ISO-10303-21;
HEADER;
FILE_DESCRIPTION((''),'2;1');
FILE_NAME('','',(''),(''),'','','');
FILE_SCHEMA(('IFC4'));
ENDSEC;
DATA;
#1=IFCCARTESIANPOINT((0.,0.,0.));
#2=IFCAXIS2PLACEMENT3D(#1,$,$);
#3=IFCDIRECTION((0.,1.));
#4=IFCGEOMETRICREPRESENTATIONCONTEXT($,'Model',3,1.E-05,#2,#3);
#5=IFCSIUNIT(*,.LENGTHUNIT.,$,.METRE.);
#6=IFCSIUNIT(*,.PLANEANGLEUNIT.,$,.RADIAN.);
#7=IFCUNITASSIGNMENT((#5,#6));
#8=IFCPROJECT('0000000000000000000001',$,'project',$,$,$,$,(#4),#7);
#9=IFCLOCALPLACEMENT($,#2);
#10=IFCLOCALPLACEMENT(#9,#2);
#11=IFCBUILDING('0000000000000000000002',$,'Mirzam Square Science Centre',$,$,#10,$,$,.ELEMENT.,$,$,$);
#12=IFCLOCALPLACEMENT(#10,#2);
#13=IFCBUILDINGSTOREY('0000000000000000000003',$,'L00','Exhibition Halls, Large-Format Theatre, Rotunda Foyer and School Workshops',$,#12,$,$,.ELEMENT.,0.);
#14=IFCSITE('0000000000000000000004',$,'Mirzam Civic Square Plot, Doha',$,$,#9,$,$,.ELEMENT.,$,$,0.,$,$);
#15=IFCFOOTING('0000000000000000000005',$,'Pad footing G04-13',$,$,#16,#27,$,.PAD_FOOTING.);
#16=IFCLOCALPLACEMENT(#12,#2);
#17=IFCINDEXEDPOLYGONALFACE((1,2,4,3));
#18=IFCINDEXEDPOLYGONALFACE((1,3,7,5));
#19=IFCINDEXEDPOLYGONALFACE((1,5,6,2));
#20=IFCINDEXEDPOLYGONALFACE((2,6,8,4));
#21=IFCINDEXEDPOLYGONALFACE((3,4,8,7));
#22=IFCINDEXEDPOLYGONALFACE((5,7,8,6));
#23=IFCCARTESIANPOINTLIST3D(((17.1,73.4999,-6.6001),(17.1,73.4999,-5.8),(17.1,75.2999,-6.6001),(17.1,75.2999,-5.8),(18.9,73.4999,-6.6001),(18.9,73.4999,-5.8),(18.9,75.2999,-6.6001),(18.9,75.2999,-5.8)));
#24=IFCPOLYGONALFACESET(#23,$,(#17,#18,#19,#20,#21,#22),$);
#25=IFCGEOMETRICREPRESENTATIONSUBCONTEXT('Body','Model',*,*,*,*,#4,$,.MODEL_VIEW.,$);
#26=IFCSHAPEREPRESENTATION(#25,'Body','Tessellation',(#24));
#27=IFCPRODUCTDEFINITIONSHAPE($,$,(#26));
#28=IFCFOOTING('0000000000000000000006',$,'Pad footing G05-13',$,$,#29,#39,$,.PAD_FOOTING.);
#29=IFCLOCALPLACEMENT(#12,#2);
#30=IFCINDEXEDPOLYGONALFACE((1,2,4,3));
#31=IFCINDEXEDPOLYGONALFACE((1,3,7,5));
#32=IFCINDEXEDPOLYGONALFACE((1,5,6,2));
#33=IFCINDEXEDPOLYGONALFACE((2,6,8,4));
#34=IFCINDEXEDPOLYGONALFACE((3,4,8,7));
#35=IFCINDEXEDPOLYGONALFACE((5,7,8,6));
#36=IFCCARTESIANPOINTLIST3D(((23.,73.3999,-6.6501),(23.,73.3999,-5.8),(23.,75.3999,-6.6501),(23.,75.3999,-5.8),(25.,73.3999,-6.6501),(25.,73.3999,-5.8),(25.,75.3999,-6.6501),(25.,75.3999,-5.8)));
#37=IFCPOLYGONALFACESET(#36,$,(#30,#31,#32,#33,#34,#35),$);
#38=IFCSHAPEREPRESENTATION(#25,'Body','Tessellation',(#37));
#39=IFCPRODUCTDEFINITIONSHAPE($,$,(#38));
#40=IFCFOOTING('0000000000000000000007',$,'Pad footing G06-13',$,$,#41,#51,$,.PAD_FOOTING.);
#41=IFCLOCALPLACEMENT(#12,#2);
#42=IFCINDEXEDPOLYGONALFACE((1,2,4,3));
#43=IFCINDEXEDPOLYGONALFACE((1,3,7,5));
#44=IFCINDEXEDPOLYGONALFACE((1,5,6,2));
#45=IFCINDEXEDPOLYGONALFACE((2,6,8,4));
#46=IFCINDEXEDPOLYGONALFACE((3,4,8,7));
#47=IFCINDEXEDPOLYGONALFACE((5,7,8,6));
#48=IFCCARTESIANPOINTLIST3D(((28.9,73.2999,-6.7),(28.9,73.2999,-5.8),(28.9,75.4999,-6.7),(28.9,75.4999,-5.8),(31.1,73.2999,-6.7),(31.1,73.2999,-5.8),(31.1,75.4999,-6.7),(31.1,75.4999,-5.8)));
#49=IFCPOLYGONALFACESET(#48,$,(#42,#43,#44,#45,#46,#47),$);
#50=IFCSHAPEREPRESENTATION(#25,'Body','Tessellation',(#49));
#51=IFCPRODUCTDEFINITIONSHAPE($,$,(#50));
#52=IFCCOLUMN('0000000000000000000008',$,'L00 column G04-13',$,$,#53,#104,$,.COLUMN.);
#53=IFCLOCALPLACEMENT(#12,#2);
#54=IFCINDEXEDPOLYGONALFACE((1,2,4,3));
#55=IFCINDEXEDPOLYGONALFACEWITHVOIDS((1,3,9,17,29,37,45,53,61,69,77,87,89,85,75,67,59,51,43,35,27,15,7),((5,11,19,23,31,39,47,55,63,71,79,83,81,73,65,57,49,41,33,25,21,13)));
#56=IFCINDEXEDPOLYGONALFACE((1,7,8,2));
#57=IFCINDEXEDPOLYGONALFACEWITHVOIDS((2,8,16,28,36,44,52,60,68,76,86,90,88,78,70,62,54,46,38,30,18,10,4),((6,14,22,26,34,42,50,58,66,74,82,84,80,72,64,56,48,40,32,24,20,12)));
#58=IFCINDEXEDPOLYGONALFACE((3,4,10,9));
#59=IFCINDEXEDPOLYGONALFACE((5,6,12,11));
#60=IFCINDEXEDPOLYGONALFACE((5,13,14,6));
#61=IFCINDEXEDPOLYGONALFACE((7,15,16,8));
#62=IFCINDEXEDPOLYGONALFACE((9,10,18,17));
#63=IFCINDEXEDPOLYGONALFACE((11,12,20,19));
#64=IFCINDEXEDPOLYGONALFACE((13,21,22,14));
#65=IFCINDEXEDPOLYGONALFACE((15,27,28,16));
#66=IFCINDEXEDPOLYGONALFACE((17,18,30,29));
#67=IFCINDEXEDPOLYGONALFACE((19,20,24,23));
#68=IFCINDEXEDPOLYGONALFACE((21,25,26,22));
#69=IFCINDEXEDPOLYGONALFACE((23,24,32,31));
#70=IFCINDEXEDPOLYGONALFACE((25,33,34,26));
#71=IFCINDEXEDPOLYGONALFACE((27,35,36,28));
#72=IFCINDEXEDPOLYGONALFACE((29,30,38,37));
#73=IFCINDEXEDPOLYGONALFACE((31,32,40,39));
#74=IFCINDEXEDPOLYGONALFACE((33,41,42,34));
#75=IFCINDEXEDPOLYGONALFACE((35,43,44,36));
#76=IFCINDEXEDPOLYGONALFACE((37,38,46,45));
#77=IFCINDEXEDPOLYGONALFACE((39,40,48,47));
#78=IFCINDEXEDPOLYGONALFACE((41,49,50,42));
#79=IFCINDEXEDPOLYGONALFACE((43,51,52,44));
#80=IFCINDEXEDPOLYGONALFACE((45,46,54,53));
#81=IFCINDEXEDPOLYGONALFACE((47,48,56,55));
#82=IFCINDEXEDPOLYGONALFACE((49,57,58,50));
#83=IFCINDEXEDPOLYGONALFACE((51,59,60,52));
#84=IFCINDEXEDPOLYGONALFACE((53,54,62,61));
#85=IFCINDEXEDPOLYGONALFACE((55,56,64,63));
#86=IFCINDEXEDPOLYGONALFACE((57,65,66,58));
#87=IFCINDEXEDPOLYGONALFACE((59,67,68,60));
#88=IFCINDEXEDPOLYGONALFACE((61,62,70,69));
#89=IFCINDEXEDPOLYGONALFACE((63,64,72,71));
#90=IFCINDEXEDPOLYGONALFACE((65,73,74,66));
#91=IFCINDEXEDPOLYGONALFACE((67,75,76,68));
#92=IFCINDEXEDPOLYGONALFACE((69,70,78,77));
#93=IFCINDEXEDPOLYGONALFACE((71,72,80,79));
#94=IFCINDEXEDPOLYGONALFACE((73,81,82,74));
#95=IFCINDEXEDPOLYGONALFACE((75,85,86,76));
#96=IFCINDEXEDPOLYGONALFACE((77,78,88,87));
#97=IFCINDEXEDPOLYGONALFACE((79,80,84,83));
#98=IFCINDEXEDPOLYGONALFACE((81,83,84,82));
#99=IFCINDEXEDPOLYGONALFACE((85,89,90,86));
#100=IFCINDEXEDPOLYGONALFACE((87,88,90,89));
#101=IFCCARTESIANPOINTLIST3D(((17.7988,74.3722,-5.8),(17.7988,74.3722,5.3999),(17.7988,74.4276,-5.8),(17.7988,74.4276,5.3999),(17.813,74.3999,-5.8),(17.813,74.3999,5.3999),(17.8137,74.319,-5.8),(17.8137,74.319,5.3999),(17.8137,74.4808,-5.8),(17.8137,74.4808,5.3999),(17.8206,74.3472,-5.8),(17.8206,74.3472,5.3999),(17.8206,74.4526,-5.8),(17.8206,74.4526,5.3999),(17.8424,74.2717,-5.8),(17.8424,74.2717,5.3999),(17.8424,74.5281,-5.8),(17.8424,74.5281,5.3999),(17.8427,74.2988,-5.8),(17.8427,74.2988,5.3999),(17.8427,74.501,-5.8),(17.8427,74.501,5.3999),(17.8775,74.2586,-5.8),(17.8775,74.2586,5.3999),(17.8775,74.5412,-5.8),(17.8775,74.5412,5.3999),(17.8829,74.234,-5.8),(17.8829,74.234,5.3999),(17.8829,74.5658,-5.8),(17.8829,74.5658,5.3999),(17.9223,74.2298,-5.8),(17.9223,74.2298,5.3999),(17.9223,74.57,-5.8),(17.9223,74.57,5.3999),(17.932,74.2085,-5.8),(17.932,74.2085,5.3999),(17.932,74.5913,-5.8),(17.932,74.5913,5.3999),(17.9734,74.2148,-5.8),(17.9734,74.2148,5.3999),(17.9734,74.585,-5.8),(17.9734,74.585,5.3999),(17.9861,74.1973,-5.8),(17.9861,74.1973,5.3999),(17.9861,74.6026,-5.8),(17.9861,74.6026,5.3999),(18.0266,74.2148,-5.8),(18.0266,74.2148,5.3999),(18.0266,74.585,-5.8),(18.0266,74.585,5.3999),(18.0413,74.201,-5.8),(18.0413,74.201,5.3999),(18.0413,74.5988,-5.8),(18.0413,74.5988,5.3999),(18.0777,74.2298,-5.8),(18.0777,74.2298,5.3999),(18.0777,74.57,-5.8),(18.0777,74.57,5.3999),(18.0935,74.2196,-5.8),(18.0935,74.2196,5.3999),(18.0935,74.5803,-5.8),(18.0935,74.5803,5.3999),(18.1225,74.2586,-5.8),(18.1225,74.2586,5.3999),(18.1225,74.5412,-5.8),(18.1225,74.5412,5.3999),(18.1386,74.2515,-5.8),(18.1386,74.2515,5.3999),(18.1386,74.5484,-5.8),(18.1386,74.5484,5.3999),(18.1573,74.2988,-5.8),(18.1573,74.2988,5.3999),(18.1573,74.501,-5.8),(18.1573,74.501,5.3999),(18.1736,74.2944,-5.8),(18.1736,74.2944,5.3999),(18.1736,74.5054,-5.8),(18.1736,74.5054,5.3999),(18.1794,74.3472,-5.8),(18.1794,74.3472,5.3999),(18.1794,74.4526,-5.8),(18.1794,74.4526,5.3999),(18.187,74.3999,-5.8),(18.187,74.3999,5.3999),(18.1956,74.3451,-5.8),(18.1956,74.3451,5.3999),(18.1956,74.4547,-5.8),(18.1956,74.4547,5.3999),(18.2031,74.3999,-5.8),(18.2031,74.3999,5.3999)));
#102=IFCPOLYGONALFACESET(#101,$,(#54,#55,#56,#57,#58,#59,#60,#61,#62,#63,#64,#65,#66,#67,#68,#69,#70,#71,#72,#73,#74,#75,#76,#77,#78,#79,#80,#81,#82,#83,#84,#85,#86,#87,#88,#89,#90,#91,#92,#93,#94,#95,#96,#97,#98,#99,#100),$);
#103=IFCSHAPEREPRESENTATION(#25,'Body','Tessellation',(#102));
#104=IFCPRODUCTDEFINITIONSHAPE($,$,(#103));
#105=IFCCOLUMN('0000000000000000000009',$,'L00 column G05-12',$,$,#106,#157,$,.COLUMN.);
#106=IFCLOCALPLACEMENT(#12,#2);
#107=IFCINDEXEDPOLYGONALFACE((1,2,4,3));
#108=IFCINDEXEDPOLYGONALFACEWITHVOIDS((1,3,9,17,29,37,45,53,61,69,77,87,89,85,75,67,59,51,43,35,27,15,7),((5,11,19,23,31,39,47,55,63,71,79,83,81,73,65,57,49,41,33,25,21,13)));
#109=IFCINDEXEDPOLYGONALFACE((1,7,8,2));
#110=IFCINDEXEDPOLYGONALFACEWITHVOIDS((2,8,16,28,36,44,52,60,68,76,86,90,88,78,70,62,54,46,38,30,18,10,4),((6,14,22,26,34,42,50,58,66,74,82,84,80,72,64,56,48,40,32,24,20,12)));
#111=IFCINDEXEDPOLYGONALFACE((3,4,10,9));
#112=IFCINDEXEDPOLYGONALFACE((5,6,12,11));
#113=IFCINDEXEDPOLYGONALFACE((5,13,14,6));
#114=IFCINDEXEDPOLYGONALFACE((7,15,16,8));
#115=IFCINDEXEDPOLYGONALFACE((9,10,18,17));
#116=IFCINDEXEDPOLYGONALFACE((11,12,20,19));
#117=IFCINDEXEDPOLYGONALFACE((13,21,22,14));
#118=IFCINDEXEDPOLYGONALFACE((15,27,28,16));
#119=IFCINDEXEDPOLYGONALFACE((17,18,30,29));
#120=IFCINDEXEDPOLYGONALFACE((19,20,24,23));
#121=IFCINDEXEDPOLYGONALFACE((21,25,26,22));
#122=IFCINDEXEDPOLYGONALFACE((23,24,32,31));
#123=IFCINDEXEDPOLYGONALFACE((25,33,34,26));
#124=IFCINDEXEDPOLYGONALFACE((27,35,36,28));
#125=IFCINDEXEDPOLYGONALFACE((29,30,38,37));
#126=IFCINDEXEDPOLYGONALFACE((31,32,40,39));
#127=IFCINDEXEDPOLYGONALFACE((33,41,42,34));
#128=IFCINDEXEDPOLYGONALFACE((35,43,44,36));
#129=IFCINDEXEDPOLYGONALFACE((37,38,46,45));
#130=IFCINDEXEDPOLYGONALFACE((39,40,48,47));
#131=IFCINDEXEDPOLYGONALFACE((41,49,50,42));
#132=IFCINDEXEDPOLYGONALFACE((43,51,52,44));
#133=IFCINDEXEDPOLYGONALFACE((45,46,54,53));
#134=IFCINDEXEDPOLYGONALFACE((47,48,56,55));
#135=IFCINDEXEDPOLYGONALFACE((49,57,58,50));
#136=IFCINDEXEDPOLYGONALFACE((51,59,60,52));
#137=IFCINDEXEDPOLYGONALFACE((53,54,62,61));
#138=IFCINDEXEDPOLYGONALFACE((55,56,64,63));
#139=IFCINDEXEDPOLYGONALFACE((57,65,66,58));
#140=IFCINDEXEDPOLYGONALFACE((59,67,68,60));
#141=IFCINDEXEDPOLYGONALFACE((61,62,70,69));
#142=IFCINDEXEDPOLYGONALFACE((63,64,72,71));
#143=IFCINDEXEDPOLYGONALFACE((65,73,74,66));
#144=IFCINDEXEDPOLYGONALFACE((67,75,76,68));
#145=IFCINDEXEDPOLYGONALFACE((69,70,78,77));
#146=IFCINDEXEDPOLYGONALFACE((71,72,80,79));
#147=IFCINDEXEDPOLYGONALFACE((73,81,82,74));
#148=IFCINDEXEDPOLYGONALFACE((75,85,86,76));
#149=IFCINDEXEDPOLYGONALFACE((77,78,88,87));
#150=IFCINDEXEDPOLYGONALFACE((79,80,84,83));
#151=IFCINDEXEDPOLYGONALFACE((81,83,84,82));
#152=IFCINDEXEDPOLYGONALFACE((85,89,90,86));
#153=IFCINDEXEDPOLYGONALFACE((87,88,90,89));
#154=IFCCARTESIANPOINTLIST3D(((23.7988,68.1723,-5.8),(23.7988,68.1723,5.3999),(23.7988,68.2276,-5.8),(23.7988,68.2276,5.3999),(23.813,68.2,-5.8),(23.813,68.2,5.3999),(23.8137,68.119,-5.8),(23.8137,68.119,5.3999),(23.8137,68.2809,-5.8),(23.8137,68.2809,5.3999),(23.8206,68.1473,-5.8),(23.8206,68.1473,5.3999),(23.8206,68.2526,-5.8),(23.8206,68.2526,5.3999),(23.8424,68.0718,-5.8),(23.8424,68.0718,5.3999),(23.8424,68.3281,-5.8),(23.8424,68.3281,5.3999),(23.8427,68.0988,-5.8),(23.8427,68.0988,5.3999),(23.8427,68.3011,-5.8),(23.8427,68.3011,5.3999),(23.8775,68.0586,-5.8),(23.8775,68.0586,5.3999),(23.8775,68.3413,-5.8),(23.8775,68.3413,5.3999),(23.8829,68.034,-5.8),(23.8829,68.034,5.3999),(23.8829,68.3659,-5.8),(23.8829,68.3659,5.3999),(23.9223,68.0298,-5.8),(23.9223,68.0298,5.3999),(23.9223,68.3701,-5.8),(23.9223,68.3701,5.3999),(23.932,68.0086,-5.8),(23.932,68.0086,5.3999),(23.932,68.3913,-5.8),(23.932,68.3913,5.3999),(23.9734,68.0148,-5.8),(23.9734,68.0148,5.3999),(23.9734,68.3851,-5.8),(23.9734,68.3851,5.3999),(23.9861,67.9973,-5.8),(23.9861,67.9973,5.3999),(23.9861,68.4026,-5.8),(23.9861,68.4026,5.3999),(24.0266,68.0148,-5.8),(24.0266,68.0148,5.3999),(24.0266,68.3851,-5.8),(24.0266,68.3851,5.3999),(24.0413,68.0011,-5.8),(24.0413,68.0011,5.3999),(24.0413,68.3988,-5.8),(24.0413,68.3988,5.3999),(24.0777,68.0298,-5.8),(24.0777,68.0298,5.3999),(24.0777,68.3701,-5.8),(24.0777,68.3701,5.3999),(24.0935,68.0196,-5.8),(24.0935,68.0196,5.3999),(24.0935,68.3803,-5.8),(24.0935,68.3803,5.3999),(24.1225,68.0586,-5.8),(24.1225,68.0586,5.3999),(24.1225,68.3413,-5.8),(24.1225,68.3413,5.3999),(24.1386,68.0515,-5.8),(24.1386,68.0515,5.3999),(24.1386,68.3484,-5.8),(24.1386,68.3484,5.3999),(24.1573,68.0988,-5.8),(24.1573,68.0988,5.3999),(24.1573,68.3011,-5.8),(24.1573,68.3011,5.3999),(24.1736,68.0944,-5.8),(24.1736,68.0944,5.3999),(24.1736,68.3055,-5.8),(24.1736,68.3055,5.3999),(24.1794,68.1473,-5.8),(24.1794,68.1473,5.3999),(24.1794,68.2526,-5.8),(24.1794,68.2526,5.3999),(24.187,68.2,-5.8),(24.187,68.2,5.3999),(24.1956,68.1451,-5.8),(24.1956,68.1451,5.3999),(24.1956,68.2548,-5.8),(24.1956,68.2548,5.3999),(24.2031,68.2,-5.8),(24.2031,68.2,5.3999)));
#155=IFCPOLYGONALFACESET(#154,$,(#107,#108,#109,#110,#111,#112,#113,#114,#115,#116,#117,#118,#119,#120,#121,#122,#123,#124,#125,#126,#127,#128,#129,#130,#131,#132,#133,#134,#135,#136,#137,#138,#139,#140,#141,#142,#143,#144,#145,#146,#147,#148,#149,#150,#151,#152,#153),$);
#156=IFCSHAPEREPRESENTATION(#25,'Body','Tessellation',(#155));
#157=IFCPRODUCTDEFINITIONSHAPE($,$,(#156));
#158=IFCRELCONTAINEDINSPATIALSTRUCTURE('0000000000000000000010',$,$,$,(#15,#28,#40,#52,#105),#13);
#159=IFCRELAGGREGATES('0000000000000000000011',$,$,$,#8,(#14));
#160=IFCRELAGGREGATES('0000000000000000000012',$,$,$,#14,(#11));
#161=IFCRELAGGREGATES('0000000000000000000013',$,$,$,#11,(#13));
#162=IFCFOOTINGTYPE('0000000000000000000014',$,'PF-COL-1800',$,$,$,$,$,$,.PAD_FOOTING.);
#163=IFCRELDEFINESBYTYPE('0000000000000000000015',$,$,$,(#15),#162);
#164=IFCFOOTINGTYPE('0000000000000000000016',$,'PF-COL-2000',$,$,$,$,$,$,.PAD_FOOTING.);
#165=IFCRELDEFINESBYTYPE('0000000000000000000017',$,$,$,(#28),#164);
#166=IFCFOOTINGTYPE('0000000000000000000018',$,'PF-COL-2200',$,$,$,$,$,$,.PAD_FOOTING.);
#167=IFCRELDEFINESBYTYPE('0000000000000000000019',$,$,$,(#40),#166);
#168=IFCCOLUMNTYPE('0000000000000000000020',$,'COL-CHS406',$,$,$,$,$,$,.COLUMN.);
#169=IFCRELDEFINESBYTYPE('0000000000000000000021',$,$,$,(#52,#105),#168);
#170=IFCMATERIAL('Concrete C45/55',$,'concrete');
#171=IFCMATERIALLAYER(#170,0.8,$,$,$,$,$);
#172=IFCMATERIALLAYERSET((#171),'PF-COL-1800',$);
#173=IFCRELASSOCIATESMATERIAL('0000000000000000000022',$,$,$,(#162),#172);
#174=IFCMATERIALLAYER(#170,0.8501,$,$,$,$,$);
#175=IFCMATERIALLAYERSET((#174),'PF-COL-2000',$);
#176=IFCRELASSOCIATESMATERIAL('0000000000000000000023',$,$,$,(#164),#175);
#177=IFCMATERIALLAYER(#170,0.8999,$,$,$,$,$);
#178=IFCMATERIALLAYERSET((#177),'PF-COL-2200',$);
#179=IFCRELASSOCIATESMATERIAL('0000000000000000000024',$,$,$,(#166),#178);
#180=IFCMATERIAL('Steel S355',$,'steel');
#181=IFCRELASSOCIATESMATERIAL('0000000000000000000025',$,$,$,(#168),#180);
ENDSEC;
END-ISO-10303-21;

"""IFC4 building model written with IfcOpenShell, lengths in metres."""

from ifc_helpers import new_model, si_unit, direction, frame, origin, origin_2d, place, context, subcontext, project, spatial, rectangle, hollow_circle, extrude, material, layer, layer_set, material_profile, profile_set, type_object, element, save


model = new_model("IFC4")

# Units and contexts
model_context = context("Model", 3, precision=1e-05, world=origin(), true_north=direction((0.0, 1.0)))
body_context = subcontext(model_context, "Body", "Model", "MODEL_VIEW")
ifc_project = project(units=[si_unit("LENGTHUNIT", "METRE"), si_unit("PLANEANGLEUNIT", "RADIAN")], contexts=[model_context])

# Site, building, storey
site_placement = place(None, origin())
site = spatial("IfcSite", under=ifc_project, at=site_placement, Name="Mirzam Civic Square Plot, Doha", CompositionType="ELEMENT", RefElevation=0.0)
building_placement = place(site_placement, origin())
building = spatial("IfcBuilding", under=site, at=building_placement, Name="Mirzam Square Science Centre", CompositionType="ELEMENT")
storey_placement = place(building_placement, origin())
storey = spatial("IfcBuildingStorey", under=building, at=storey_placement, Name="L00", Description="Exhibition Halls, Large-Format Theatre, Rotunda Foyer and School Workshops", CompositionType="ELEMENT", Elevation=0.0)

# Footings
ifc_material_1 = material(Name="Concrete C45/55", Category="concrete")
ifc_layer_1 = layer(ifc_material_1, 0.8)
ifc_layer_set_1 = layer_set([ifc_layer_1], Name="PF-COL-1800")
footing_type_1 = type_object("IfcFootingType", Name="PF-COL-1800", PredefinedType="PAD_FOOTING", material=ifc_layer_set_1)
footing_1_placement = place(storey_placement, frame((18.0, 74.3999, -6.6001), z_axis=(0.0, 0.0, 1.0), x_axis=(1.0, 0.0, 0.0)))
element("IfcFooting", 1, at=footing_1_placement, inside=storey, type_object=footing_type_1, Name="Pad footing G04-13", PredefinedType="PAD_FOOTING", context=body_context, shape_type="SweptSolid", body=[
    extrude(rectangle(XDim=1.8, YDim=1.8, at=origin_2d()), origin(), (0.0, 0.0, 1.0), 0.8),
])
ifc_layer_2 = layer(ifc_material_1, 0.8501)
ifc_layer_set_2 = layer_set([ifc_layer_2], Name="PF-COL-2000")
footing_type_2 = type_object("IfcFootingType", Name="PF-COL-2000", PredefinedType="PAD_FOOTING", material=ifc_layer_set_2)
footing_2_placement = place(storey_placement, frame((24.0, 74.3999, -6.6501), z_axis=(0.0, 0.0, 1.0), x_axis=(1.0, 0.0, 0.0)))
element("IfcFooting", 2, at=footing_2_placement, inside=storey, type_object=footing_type_2, Name="Pad footing G05-13", PredefinedType="PAD_FOOTING", context=body_context, shape_type="SweptSolid", body=[
    extrude(rectangle(XDim=2.0, YDim=2.0, at=origin_2d()), origin(), (0.0, 0.0, 1.0), 0.8501),
])
ifc_layer_3 = layer(ifc_material_1, 0.8999)
ifc_layer_set_3 = layer_set([ifc_layer_3], Name="PF-COL-2200")
footing_type_3 = type_object("IfcFootingType", Name="PF-COL-2200", PredefinedType="PAD_FOOTING", material=ifc_layer_set_3)
footing_3_placement = place(storey_placement, frame((30.0, 74.3999, -6.7), z_axis=(0.0, 0.0, 1.0), x_axis=(1.0, 0.0, 0.0)))
element("IfcFooting", 3, at=footing_3_placement, inside=storey, type_object=footing_type_3, Name="Pad footing G06-13", PredefinedType="PAD_FOOTING", context=body_context, shape_type="SweptSolid", body=[
    extrude(rectangle(XDim=2.2, YDim=2.2, at=origin_2d()), origin(), (0.0, 0.0, 1.0), 0.8999),
])

# Columns
ifc_material_2 = material(Name="Steel S355", Category="steel")
ifc_material_profile_1 = material_profile(ifc_material_2, hollow_circle(Radius=0.2031, WallThickness=0.0161, at=origin_2d()), Name="406.4x16.0CHS")
ifc_profile_set_1 = profile_set([ifc_material_profile_1], Name="Steel S355")
column_type_1 = type_object("IfcColumnType", Name="COL-CHS406", PredefinedType="COLUMN", material=ifc_profile_set_1)
for number, where, z_axis, x_axis, name in (
    (4, (18.0, 74.3999, -5.8), (0.0, 0.0, 1.0), (1.0, 0.0, 0.0), "L00 column G04-13"),
    (5, (24.0, 68.2, -5.8), (0.0, 0.0, 1.0), (1.0, 0.0, 0.0), "L00 column G05-12"),
):
    element("IfcColumn", number, at=place(storey_placement, frame(where, z_axis=z_axis, x_axis=x_axis)), inside=storey, type_object=column_type_1, Name=name, PredefinedType="COLUMN", context=body_context, shape_type="SweptSolid", body=[
        extrude(hollow_circle(Radius=0.2031, WallThickness=0.0161, at=origin_2d()), origin(), (0.0, 0.0, 1.0), 11.2),
    ])

save(model, "model.ifc")
